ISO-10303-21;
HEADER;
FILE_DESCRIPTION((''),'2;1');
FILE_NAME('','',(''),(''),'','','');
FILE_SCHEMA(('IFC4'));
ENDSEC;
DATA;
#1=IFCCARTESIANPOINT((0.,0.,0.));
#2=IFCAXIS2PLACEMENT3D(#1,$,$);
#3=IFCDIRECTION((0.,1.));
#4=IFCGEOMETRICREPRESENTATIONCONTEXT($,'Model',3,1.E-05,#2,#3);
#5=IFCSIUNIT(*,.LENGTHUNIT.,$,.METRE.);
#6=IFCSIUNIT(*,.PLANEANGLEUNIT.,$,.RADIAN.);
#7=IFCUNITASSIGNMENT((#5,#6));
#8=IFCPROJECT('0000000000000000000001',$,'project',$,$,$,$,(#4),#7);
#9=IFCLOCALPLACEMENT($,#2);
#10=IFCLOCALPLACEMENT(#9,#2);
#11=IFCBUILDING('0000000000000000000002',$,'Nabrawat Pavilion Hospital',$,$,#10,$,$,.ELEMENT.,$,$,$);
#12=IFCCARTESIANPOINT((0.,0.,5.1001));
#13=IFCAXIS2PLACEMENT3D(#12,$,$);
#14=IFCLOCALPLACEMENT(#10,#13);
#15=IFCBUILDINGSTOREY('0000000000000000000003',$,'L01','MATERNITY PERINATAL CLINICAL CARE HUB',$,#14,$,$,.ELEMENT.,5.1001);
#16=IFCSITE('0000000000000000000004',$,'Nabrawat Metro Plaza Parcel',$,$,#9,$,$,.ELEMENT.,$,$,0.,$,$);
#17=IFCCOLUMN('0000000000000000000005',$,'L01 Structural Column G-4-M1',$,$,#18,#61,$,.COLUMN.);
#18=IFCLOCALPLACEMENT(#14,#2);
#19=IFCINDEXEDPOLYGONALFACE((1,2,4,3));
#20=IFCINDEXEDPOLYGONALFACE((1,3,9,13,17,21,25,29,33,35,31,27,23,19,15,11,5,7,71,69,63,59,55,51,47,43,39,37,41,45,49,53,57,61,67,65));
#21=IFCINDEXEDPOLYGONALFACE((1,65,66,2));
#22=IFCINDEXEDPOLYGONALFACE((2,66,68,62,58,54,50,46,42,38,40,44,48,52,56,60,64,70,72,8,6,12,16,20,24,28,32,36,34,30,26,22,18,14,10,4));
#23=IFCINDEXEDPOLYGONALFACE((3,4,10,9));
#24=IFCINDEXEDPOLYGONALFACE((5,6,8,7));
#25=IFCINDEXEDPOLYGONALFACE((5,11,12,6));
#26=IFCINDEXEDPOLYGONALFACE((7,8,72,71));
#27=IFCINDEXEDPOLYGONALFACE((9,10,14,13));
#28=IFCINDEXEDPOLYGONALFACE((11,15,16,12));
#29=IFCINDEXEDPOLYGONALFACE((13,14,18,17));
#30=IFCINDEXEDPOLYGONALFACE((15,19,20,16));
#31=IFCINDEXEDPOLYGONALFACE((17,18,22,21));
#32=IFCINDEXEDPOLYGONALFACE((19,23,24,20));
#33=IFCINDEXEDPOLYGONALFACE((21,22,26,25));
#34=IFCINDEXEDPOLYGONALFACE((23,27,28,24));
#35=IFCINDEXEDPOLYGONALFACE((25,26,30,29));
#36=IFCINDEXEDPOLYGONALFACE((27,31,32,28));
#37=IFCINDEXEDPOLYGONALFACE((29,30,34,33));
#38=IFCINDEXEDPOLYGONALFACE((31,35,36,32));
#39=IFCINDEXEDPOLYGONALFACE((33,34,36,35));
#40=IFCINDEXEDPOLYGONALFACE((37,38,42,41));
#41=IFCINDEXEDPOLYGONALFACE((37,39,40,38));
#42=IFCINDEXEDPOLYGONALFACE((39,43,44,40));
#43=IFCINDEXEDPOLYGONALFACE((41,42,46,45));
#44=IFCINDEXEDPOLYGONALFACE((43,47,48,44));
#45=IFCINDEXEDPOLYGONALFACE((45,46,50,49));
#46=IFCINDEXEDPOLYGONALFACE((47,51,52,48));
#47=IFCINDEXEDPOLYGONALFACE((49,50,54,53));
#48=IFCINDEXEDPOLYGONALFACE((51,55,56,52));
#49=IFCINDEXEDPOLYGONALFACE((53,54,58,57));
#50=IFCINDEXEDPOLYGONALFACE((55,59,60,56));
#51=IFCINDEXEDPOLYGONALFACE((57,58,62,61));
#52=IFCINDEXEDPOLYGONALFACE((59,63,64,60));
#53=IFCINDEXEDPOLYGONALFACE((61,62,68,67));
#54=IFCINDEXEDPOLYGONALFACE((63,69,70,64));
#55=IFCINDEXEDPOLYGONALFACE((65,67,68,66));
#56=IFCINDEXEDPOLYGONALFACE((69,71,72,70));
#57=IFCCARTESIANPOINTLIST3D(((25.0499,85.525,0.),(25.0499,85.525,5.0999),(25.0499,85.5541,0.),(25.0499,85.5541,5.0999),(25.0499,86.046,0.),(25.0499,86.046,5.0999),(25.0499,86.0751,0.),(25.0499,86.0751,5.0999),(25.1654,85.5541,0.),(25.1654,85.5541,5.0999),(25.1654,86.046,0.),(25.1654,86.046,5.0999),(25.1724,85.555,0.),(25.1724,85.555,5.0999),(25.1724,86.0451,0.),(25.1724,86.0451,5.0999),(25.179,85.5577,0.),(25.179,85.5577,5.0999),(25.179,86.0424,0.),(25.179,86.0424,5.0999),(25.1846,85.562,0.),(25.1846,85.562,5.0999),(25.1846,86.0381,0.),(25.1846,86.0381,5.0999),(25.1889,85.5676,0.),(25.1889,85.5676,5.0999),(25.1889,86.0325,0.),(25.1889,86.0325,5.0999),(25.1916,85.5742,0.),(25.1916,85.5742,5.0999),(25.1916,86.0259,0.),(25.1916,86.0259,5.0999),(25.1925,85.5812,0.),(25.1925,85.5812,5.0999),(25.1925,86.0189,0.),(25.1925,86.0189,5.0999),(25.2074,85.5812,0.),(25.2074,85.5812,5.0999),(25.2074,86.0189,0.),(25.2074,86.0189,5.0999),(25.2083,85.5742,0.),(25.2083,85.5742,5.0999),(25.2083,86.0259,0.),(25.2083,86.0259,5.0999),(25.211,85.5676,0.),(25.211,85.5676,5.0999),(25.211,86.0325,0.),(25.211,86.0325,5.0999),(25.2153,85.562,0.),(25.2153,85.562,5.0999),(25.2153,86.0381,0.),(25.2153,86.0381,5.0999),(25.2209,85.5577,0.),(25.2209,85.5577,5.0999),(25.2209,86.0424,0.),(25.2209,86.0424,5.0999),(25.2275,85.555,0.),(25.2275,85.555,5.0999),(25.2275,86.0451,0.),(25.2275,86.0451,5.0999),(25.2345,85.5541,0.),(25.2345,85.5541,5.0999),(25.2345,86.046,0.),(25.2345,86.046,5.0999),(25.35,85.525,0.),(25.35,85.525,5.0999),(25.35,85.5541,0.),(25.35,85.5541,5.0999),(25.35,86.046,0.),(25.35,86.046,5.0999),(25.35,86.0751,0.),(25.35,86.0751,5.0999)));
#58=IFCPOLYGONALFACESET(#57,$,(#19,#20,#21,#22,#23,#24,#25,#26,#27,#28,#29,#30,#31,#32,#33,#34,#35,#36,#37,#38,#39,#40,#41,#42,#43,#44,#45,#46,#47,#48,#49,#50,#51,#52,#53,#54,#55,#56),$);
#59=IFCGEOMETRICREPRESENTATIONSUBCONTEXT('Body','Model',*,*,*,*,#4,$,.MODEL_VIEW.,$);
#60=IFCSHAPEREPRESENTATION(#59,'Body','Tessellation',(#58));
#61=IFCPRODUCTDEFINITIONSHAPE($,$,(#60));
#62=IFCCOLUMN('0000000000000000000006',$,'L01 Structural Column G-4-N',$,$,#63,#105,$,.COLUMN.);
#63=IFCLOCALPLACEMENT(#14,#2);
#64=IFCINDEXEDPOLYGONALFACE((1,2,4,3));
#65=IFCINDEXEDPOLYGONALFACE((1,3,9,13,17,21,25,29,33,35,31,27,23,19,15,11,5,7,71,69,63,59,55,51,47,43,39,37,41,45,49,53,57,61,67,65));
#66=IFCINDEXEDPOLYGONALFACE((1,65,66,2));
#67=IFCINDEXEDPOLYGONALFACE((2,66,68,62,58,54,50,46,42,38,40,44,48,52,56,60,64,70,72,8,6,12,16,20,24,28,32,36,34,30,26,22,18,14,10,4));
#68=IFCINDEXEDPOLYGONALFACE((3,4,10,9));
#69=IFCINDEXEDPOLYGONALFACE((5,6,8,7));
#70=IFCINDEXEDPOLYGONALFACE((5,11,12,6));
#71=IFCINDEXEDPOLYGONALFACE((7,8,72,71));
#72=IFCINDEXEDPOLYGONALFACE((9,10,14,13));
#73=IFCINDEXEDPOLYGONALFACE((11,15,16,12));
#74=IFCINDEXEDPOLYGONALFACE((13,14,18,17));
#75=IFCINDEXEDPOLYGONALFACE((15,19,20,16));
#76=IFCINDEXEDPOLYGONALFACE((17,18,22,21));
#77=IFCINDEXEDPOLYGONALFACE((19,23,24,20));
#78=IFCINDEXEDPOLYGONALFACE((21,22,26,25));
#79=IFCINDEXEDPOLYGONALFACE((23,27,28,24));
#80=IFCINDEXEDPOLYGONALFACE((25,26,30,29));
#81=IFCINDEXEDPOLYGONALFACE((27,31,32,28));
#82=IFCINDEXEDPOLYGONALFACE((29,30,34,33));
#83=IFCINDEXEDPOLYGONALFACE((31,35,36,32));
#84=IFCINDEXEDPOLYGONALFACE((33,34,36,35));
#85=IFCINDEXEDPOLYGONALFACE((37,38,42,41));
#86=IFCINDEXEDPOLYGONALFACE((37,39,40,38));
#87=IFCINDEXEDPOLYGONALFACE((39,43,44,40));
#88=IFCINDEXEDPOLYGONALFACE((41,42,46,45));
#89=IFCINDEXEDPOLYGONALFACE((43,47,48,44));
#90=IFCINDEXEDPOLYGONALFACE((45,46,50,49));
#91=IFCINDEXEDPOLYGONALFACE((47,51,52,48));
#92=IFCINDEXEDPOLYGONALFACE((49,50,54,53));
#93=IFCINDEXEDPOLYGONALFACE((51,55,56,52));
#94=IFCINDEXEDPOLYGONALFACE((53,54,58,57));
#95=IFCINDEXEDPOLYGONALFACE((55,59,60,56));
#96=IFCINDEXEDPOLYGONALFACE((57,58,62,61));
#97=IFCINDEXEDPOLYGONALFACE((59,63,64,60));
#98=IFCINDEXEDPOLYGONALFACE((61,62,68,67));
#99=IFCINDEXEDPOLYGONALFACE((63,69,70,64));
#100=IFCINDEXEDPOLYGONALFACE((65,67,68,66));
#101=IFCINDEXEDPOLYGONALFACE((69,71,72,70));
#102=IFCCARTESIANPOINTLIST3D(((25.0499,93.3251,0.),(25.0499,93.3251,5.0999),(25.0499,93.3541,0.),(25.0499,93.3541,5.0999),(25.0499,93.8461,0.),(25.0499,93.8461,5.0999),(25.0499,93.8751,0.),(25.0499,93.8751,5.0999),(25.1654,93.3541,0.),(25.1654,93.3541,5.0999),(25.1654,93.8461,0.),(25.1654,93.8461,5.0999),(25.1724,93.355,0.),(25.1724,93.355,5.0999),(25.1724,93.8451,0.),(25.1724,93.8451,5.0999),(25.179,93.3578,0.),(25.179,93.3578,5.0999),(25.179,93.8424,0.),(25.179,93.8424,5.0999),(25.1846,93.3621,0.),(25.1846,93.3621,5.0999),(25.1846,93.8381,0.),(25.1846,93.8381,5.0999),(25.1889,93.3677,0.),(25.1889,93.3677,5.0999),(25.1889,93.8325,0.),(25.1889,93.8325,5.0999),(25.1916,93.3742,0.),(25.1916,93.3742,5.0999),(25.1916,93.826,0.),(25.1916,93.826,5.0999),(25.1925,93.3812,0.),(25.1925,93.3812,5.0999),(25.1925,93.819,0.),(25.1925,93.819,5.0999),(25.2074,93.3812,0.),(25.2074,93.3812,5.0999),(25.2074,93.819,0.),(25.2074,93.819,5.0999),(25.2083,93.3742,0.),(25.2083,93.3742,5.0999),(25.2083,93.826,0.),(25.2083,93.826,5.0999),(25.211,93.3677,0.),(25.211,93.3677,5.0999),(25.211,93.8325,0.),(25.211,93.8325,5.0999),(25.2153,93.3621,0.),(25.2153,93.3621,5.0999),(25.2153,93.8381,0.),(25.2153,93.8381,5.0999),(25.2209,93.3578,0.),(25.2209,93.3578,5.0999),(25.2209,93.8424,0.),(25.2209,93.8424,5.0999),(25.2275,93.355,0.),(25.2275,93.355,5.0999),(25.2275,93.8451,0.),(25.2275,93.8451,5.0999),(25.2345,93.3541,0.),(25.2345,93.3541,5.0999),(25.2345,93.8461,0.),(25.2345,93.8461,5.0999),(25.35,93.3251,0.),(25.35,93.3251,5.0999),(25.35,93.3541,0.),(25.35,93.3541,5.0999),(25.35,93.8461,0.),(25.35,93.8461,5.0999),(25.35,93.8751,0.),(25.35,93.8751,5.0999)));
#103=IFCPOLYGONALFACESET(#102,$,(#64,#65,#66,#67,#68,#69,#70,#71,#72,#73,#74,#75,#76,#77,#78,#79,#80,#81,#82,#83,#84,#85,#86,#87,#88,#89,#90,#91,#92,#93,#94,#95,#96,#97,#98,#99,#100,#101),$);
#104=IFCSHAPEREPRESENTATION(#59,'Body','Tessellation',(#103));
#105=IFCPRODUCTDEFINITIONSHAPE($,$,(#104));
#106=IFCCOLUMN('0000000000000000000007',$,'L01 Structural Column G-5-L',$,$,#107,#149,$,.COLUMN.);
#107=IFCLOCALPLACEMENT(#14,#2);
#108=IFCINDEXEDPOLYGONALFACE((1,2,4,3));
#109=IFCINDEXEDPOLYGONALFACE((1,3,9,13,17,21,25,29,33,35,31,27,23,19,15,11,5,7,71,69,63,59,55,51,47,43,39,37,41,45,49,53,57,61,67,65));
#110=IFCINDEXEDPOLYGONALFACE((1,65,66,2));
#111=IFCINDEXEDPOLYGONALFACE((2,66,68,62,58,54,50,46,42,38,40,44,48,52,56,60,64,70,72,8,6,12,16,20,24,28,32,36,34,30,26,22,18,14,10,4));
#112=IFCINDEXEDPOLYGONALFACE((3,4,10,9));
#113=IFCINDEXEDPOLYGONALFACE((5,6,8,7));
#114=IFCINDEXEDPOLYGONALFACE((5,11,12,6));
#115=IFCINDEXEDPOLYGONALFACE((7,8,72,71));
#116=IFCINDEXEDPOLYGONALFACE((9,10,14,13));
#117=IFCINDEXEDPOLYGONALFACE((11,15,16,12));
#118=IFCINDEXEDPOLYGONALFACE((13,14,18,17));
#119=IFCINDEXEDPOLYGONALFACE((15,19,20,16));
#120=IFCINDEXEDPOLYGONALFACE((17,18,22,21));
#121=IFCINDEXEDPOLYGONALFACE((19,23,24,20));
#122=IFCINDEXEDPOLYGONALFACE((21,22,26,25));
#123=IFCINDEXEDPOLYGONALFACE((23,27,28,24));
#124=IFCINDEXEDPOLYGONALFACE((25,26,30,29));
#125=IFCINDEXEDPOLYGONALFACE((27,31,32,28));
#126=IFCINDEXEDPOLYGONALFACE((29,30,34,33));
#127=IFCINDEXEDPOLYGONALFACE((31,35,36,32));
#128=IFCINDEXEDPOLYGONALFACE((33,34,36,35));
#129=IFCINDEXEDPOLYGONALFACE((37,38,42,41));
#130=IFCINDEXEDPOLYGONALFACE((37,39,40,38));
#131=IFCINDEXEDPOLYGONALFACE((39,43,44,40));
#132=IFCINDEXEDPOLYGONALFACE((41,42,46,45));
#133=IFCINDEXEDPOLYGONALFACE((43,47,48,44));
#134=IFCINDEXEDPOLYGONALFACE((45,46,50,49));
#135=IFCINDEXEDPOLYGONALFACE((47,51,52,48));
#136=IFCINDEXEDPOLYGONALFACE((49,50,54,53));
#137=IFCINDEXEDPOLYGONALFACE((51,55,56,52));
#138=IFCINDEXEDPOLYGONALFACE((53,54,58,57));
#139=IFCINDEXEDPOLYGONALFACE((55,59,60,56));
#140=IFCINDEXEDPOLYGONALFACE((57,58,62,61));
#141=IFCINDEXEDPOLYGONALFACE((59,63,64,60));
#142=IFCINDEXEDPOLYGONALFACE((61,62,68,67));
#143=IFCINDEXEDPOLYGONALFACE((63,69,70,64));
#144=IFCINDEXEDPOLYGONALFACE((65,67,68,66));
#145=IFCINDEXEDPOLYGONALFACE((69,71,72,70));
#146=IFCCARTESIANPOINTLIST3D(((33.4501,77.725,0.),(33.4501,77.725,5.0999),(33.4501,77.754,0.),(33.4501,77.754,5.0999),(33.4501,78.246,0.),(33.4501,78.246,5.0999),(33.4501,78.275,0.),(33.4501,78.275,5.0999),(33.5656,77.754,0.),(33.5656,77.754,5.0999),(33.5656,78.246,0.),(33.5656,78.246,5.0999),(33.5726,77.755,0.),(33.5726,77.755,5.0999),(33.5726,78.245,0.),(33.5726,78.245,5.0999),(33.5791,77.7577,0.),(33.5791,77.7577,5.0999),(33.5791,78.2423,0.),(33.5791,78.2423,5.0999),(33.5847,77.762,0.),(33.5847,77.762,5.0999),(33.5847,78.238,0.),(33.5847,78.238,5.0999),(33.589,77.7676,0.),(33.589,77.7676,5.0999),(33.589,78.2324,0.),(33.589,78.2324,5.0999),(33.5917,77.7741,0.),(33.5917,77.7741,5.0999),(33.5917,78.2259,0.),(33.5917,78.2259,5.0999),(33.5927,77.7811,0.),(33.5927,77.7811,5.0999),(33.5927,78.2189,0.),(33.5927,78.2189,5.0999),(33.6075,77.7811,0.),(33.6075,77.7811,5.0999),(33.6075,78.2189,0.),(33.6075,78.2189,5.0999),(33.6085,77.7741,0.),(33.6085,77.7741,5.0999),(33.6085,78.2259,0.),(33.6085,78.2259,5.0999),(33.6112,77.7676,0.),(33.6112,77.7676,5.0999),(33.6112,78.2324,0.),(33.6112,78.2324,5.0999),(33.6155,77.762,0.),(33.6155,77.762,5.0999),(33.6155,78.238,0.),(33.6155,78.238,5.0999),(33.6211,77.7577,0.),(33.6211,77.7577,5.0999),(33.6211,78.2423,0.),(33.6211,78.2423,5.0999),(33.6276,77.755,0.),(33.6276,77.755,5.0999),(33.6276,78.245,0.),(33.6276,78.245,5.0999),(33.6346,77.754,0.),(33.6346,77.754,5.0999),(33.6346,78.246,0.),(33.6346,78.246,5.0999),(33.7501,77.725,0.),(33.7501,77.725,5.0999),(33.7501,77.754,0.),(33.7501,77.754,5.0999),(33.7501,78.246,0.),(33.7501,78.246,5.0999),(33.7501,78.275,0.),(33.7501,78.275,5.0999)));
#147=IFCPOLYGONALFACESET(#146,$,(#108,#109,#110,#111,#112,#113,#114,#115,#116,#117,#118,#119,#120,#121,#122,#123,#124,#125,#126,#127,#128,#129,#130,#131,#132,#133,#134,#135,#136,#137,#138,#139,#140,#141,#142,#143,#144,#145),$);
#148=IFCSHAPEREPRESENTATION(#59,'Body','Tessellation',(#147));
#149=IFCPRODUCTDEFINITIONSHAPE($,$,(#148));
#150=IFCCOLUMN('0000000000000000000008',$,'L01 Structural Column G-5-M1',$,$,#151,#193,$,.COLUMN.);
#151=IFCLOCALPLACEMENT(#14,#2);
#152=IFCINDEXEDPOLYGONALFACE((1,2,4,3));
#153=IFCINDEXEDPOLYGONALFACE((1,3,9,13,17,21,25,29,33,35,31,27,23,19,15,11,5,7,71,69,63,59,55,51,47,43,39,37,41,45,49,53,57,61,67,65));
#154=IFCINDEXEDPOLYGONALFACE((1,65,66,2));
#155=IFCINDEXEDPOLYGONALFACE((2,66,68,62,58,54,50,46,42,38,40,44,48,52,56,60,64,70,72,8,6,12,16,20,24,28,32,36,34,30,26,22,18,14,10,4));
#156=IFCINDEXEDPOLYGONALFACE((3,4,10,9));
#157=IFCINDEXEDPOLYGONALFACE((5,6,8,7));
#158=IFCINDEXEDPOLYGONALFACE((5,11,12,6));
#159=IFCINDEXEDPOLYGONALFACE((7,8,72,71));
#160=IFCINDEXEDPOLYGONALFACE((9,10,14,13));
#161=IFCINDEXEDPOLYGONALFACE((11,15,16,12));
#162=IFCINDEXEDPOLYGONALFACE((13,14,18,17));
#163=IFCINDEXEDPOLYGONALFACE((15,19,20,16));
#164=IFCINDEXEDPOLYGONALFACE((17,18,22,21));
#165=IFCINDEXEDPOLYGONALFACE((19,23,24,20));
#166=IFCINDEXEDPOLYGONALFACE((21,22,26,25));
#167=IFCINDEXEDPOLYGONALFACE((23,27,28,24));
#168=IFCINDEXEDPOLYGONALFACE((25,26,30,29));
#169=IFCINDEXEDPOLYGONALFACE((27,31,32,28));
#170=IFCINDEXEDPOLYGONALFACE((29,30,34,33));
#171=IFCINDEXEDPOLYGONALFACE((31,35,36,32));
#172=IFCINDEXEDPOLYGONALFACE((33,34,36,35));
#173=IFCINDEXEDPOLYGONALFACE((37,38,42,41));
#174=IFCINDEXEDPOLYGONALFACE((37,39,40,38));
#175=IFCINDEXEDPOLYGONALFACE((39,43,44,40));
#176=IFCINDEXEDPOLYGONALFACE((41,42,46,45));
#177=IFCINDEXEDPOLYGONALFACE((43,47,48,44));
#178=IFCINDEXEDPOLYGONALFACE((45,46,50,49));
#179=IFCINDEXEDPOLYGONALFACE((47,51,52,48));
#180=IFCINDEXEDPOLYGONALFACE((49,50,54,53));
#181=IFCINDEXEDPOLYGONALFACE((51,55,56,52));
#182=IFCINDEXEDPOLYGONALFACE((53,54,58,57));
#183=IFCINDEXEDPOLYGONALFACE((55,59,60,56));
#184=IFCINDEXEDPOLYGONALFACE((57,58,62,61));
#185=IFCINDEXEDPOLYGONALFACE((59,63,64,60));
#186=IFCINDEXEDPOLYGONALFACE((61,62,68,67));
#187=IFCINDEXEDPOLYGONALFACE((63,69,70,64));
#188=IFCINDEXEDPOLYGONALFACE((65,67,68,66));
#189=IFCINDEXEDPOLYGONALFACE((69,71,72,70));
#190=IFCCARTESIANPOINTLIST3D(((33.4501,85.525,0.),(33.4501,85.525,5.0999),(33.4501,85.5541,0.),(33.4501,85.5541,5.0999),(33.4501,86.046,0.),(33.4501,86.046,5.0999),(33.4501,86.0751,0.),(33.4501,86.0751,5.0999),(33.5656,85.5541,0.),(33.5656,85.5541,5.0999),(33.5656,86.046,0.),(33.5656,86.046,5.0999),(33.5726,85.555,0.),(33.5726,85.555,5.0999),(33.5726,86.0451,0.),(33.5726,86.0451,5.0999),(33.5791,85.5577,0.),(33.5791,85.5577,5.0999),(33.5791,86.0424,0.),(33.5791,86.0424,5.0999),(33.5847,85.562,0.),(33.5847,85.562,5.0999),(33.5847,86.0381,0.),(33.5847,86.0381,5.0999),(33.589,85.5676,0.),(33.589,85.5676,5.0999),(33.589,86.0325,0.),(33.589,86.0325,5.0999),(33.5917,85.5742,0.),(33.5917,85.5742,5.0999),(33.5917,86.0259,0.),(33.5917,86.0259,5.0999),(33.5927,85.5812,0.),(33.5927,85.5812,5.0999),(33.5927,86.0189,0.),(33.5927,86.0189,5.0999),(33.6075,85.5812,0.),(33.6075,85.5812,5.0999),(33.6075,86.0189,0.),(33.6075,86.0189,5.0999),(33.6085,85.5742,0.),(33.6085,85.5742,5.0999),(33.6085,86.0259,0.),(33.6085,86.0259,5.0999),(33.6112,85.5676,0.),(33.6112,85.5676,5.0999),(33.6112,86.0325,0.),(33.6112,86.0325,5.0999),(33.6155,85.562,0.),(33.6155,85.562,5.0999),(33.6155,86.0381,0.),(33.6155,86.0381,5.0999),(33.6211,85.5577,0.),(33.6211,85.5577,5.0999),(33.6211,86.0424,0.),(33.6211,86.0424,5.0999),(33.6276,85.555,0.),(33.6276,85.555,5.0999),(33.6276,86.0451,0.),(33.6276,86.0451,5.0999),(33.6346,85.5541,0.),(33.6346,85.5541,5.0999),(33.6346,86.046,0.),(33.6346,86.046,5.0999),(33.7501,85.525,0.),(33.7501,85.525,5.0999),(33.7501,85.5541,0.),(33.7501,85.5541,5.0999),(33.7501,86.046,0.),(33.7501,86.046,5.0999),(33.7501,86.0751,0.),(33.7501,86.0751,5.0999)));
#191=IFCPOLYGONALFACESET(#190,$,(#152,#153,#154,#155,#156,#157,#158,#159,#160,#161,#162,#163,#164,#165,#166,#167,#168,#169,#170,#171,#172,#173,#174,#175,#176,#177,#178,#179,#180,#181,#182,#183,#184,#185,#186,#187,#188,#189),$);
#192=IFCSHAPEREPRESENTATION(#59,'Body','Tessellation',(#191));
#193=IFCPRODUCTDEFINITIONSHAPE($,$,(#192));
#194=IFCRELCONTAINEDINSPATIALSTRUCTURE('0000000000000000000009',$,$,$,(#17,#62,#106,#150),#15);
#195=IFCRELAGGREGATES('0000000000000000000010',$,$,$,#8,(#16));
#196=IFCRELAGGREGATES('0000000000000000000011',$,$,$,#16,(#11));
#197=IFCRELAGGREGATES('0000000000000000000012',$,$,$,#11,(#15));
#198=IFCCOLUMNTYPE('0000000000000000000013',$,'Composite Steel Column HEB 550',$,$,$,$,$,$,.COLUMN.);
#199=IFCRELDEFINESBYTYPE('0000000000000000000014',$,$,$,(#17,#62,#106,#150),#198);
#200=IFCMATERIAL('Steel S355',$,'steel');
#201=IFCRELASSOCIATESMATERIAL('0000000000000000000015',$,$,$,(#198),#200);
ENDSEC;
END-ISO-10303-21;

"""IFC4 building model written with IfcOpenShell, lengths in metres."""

from ifc_helpers import new_model, si_unit, direction, frame, origin, origin_2d, place, context, subcontext, project, spatial, i_section, extrude, material, material_profile, profile_set, type_object, element, save


model = new_model("IFC4")

# Units and contexts
model_context = context("Model", 3, precision=1e-05, world=origin(), true_north=direction((0.0, 1.0)))
body_context = subcontext(model_context, "Body", "Model", "MODEL_VIEW")
ifc_project = project(units=[si_unit("LENGTHUNIT", "METRE"), si_unit("PLANEANGLEUNIT", "RADIAN")], contexts=[model_context])

# Site, building, storey
site_placement = place(None, origin())
site = spatial("IfcSite", under=ifc_project, at=site_placement, Name="Nabrawat Metro Plaza Parcel", CompositionType="ELEMENT", RefElevation=0.0)
building_placement = place(site_placement, origin())
building = spatial("IfcBuilding", under=site, at=building_placement, Name="Nabrawat Pavilion Hospital", CompositionType="ELEMENT")
storey_placement = place(building_placement, frame((0.0, 0.0, 5.1001)))
storey = spatial("IfcBuildingStorey", under=building, at=storey_placement, Name="L01", Description="MATERNITY PERINATAL CLINICAL CARE HUB", CompositionType="ELEMENT", Elevation=5.1001)

# Columns
ifc_material_1 = material(Name="Steel S355", Category="steel")
ifc_material_profile_1 = material_profile(ifc_material_1, i_section(OverallWidth=0.3, OverallDepth=0.55, WebThickness=0.0149, FlangeThickness=0.0291, FilletRadius=0.0271, at=origin_2d()), Name="HEB 550")
ifc_profile_set_1 = profile_set([ifc_material_profile_1], Name="Steel S355")
column_type = type_object("IfcColumnType", Name="Composite Steel Column HEB 550", PredefinedType="COLUMN", material=ifc_profile_set_1)
for number, where, z_axis, x_axis, name in (
    (1, (25.2, 85.8, 0.0), (0.0, 0.0, 1.0), (1.0, 0.0, 0.0), "L01 Structural Column G-4-M1"),
    (2, (25.2, 93.6001, 0.0), (0.0, 0.0, 1.0), (1.0, 0.0, 0.0), "L01 Structural Column G-4-N"),
    (3, (33.6001, 78.0, 0.0), (0.0, 0.0, 1.0), (1.0, 0.0, 0.0), "L01 Structural Column G-5-L"),
    (4, (33.6001, 85.8, 0.0), (0.0, 0.0, 1.0), (1.0, 0.0, 0.0), "L01 Structural Column G-5-M1"),
):
    element("IfcColumn", number, at=place(storey_placement, frame(where, z_axis=z_axis, x_axis=x_axis)), inside=storey, type_object=column_type, Name=name, PredefinedType="COLUMN", context=body_context, shape_type="SweptSolid", body=[
        extrude(i_section(OverallWidth=0.3, OverallDepth=0.55, WebThickness=0.0149, FlangeThickness=0.0291, FilletRadius=0.0271, at=origin_2d()), origin(), (0.0, 0.0, 1.0), 5.0999),
    ])

save(model, "model.ifc")
